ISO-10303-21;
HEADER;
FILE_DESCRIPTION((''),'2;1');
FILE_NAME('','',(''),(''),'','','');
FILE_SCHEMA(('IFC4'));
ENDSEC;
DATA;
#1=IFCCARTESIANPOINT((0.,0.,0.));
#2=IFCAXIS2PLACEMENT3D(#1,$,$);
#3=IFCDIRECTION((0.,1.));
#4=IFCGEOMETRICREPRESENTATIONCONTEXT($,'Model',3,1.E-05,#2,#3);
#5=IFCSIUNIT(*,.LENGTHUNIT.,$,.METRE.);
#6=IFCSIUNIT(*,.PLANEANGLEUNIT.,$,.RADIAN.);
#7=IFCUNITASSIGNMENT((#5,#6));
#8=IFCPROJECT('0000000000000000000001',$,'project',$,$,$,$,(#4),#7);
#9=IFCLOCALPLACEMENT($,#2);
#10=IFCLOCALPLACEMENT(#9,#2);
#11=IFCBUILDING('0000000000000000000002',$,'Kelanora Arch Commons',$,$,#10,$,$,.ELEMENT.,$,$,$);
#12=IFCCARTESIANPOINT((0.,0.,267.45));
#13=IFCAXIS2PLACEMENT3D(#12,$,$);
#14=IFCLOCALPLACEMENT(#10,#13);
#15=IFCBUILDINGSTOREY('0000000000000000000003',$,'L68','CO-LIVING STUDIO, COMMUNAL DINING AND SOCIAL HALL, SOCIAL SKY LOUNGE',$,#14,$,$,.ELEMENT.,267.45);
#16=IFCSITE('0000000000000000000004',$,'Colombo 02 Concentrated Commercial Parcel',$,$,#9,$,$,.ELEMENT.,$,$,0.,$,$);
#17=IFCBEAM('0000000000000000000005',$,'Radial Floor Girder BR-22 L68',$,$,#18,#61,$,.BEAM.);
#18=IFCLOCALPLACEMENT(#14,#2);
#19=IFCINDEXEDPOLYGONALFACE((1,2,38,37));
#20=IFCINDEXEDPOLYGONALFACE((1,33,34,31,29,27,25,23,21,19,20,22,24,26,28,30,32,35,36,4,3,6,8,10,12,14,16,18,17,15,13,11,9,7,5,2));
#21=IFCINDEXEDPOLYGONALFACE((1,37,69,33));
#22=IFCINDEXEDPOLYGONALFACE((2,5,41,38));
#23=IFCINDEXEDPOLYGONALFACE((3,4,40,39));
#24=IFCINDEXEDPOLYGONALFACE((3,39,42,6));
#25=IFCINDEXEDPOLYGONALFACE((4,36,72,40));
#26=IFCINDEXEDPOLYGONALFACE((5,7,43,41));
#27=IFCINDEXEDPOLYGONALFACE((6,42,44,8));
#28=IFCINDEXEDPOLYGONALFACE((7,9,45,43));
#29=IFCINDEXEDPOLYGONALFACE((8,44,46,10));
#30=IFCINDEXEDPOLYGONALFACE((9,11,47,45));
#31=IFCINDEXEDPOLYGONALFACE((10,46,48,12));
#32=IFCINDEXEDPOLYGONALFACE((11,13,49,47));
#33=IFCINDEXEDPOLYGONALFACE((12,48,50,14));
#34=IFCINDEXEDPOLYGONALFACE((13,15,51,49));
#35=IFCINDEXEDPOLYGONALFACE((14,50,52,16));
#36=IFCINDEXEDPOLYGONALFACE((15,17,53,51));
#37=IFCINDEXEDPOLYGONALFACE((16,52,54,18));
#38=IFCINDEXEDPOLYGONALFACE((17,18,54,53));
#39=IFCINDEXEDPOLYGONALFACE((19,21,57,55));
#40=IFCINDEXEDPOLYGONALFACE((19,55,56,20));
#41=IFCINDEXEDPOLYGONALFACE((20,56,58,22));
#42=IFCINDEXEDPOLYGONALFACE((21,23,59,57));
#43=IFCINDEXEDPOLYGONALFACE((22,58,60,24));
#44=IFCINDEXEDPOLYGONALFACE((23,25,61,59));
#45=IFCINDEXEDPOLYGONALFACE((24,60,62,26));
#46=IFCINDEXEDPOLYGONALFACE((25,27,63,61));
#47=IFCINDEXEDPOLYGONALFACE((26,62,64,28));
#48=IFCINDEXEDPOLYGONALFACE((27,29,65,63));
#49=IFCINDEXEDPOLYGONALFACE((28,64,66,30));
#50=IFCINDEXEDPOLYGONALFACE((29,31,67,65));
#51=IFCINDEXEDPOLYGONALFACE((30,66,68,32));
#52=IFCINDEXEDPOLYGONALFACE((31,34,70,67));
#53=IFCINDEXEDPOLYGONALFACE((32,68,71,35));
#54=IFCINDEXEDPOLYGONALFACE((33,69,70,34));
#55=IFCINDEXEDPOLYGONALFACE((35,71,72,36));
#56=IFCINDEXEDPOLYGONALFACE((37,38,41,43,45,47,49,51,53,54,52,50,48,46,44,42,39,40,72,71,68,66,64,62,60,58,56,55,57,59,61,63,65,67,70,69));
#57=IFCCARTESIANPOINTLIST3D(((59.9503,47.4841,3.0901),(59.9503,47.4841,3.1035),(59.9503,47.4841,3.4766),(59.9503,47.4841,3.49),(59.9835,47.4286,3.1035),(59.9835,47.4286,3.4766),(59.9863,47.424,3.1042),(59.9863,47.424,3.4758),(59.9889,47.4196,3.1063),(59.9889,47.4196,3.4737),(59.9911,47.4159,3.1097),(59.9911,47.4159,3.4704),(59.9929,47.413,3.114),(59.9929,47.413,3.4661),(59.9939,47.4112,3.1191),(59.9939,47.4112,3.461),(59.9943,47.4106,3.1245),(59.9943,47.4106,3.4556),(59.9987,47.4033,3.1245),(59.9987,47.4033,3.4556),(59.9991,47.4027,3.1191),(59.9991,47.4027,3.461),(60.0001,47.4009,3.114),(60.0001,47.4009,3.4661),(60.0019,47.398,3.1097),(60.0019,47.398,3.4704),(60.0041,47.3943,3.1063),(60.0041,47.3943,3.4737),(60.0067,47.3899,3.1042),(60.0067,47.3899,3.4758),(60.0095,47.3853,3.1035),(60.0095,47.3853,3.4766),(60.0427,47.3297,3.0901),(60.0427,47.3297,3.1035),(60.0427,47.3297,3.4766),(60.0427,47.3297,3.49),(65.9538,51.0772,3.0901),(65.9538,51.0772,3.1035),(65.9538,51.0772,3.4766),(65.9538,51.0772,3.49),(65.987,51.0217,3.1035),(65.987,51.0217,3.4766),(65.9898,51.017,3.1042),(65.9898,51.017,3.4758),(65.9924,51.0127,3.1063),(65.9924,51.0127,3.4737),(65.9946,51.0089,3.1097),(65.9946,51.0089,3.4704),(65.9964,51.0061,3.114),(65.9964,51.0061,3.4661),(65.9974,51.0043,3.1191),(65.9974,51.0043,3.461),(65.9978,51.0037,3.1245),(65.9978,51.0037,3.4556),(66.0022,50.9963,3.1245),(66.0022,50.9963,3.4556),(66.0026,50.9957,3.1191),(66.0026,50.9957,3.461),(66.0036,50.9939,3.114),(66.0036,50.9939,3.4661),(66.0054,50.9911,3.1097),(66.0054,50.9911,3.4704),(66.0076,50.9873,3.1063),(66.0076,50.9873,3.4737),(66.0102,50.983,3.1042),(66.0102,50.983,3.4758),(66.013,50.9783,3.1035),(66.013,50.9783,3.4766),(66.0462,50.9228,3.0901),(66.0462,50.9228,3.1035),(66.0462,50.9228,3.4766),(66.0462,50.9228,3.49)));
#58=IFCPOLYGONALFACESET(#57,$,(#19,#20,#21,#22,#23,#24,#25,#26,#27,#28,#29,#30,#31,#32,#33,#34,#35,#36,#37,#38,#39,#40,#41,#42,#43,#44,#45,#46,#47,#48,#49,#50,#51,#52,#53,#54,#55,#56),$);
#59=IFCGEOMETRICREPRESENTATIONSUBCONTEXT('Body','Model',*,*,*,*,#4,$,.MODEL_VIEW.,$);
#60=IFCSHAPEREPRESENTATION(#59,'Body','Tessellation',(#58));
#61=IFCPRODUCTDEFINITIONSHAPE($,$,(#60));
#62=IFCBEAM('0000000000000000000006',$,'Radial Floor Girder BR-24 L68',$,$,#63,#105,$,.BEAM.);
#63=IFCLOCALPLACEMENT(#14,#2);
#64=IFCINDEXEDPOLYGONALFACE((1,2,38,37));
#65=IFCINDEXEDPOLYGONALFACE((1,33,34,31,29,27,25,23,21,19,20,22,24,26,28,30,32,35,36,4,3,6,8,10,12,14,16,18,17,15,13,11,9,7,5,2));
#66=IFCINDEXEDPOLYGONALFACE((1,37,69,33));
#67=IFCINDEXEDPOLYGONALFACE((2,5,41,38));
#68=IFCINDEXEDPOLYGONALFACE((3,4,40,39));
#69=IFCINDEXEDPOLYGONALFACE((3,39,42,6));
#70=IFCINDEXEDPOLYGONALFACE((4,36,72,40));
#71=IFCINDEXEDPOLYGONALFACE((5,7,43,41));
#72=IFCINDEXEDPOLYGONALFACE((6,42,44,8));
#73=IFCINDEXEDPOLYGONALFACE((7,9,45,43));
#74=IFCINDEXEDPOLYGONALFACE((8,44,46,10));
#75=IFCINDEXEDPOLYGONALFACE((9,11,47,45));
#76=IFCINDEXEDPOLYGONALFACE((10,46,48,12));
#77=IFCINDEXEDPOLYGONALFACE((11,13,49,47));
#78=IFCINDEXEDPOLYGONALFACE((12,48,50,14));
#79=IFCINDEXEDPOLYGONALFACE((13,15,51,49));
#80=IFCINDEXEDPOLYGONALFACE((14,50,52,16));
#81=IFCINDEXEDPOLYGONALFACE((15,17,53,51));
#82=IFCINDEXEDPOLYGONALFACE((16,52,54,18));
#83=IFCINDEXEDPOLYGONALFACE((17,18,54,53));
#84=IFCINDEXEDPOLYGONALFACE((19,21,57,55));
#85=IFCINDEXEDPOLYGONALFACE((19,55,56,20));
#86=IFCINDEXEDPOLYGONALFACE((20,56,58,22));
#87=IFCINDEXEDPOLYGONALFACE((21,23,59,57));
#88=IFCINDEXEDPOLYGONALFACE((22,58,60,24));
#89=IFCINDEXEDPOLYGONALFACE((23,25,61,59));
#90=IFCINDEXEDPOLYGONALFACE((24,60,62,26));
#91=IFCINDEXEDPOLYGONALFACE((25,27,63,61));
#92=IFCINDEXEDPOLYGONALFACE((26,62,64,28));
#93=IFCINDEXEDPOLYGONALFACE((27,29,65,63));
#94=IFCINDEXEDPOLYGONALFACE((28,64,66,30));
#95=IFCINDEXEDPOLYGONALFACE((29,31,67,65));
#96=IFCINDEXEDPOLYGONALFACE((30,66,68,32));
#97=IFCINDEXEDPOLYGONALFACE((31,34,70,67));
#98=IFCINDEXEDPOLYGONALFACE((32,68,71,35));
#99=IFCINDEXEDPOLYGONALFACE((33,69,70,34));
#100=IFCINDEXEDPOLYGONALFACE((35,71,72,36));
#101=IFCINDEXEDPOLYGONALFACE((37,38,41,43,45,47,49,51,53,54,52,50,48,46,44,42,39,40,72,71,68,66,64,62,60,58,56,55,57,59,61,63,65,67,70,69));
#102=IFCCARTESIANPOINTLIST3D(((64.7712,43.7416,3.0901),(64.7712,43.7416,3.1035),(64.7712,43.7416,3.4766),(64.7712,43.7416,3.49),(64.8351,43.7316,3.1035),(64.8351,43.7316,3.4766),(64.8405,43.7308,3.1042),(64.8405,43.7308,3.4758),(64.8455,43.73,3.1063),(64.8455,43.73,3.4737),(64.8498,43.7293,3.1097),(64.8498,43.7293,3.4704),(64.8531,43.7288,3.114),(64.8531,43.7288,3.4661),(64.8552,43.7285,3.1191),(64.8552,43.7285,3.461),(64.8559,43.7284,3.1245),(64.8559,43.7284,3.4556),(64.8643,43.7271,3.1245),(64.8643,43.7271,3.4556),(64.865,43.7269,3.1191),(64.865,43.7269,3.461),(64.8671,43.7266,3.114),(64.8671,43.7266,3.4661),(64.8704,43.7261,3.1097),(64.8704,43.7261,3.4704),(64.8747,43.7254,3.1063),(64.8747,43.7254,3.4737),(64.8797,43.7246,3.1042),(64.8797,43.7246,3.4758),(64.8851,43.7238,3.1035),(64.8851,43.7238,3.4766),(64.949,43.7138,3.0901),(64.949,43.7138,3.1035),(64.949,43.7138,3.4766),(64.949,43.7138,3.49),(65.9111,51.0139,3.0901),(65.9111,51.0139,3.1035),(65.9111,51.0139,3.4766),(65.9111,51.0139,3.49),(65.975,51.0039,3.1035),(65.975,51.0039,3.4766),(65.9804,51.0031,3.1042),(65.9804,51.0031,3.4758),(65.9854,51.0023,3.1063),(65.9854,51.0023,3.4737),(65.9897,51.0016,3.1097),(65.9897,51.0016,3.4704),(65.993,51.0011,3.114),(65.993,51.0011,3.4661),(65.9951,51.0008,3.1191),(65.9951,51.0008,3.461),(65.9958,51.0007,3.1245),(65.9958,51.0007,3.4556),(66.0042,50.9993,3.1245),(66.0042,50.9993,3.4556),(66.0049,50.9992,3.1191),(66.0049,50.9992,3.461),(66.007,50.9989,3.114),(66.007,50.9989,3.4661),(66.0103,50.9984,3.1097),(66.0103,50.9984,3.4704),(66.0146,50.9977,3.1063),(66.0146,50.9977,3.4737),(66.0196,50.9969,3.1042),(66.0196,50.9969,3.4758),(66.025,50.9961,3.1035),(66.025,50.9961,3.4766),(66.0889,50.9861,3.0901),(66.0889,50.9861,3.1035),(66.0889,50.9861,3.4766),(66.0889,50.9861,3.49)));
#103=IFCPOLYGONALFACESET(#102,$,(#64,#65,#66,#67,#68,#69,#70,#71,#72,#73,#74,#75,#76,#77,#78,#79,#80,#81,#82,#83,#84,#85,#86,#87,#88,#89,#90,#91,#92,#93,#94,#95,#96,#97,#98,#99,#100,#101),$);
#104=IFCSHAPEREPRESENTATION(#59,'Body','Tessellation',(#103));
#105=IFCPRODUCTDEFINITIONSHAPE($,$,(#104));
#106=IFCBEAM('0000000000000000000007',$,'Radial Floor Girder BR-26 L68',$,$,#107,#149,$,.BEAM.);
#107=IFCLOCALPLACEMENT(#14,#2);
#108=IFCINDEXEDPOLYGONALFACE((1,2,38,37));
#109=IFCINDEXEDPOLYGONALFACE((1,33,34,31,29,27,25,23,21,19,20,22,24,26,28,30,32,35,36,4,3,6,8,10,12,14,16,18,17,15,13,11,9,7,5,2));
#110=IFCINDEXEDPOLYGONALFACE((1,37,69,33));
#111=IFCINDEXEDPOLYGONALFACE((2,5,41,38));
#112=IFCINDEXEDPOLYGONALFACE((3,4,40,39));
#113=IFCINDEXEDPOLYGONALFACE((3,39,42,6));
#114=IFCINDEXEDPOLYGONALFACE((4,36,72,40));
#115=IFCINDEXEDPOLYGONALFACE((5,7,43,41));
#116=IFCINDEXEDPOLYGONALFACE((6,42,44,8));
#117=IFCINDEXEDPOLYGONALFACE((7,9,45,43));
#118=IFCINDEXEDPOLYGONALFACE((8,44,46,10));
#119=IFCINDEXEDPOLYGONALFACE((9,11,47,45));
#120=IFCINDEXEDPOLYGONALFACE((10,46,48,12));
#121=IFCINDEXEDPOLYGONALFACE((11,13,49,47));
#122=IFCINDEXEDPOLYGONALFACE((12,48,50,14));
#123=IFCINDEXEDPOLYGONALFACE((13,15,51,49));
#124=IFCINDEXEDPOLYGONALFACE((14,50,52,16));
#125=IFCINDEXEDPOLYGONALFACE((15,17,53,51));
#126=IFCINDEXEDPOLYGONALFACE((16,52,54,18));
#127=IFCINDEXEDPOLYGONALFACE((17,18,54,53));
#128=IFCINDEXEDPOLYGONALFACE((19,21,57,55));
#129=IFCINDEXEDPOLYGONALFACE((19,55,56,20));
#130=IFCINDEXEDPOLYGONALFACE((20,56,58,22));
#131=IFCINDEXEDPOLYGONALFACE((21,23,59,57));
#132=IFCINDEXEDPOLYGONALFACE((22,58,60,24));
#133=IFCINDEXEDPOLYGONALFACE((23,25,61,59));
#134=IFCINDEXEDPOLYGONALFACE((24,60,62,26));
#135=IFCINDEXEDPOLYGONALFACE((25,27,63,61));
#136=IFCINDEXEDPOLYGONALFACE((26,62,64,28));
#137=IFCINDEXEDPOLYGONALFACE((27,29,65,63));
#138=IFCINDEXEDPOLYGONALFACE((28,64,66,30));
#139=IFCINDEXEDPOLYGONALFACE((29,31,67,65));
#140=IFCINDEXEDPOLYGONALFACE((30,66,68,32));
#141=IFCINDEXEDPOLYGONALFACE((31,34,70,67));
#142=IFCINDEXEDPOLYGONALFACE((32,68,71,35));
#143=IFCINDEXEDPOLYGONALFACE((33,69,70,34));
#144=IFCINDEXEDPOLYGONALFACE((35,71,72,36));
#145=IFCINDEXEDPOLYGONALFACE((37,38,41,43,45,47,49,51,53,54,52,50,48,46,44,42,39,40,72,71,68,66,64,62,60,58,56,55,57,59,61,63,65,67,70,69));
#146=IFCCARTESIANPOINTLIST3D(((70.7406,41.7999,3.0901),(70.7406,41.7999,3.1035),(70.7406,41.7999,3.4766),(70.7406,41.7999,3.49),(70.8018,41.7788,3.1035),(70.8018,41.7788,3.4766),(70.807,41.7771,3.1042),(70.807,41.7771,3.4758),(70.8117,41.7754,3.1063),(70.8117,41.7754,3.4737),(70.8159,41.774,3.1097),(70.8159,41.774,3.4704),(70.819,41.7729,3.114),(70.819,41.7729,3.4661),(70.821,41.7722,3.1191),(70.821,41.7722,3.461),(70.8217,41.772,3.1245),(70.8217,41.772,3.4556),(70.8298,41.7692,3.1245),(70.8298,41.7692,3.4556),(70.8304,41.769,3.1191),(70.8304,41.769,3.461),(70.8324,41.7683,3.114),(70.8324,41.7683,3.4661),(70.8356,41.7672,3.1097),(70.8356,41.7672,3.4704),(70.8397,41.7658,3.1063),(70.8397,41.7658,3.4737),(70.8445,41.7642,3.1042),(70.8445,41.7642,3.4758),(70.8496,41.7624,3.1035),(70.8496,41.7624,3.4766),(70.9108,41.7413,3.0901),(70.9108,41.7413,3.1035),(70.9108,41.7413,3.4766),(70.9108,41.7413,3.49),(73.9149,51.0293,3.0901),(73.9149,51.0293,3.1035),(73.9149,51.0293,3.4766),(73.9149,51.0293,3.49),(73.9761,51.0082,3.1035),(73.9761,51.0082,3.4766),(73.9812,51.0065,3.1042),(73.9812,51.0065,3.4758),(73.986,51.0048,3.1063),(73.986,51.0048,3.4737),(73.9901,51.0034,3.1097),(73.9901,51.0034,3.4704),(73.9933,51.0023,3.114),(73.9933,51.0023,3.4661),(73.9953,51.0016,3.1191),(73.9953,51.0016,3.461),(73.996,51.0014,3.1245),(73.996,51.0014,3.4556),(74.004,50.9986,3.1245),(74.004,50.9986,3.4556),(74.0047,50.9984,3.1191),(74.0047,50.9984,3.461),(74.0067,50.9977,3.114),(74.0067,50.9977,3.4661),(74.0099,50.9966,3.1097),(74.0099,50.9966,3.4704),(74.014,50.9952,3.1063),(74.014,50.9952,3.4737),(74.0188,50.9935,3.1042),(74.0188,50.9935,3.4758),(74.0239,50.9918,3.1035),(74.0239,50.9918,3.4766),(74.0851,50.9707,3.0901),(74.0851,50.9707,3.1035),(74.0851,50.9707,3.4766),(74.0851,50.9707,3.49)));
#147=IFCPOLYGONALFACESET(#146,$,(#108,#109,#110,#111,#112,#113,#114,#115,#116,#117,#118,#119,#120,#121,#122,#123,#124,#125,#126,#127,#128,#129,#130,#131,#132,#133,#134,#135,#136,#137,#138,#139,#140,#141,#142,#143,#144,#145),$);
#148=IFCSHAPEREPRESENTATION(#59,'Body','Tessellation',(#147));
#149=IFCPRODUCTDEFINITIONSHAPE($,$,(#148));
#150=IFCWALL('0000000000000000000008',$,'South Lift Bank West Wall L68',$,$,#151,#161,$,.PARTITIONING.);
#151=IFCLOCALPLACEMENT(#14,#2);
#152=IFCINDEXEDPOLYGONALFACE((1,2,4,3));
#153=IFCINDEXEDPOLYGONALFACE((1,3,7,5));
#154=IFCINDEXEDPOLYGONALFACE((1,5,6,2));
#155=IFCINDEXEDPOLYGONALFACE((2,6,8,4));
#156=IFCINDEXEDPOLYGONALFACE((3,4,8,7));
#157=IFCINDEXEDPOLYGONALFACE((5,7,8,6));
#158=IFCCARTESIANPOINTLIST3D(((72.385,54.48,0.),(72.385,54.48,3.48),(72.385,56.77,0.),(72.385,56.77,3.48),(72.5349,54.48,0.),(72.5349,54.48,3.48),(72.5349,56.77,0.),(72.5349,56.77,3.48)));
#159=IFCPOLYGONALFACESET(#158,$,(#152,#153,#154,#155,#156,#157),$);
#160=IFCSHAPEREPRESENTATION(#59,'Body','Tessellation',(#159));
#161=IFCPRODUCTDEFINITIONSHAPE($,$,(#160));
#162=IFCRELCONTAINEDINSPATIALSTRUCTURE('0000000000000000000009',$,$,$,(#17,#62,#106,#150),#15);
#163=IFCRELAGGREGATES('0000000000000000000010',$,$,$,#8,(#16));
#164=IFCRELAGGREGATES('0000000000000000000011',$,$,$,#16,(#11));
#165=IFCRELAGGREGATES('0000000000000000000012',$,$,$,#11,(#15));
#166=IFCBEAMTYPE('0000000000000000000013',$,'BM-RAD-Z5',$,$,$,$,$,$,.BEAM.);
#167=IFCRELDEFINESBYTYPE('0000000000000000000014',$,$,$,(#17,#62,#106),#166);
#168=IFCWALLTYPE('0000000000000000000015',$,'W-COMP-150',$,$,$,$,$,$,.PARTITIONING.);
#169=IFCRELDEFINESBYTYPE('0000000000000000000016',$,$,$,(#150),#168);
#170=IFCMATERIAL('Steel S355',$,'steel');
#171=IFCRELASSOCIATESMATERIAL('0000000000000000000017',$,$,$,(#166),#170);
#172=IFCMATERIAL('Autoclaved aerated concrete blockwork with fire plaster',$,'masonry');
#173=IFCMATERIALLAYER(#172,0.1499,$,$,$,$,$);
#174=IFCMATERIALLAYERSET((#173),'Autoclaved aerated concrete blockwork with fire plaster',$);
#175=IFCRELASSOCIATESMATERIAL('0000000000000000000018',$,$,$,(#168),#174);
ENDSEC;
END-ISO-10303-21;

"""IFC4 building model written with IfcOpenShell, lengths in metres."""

from ifc_helpers import new_model, si_unit, direction, frame, frame_2d, origin, origin_2d, place, context, subcontext, project, spatial, rectangle, i_section, extrude, material, layer, layer_set, material_profile, profile_set, type_object, element, save


model = new_model("IFC4")

# Units and contexts
model_context = context("Model", 3, precision=1e-05, world=origin(), true_north=direction((0.0, 1.0)))
body_context = subcontext(model_context, "Body", "Model", "MODEL_VIEW")
ifc_project = project(units=[si_unit("LENGTHUNIT", "METRE"), si_unit("PLANEANGLEUNIT", "RADIAN")], contexts=[model_context])

# Site, building, storey
site_placement = place(None, origin())
site = spatial("IfcSite", under=ifc_project, at=site_placement, Name="Colombo 02 Concentrated Commercial Parcel", CompositionType="ELEMENT", RefElevation=0.0)
building_placement = place(site_placement, origin())
building = spatial("IfcBuilding", under=site, at=building_placement, Name="Kelanora Arch Commons", CompositionType="ELEMENT")
storey_placement = place(building_placement, frame((0.0, 0.0, 267.45)))
storey = spatial("IfcBuildingStorey", under=building, at=storey_placement, Name="L68", Description="CO-LIVING STUDIO, COMMUNAL DINING AND SOCIAL HALL, SOCIAL SKY LOUNGE", CompositionType="ELEMENT", Elevation=267.45)

# Beams
ifc_material_1 = material(Name="Steel S355", Category="steel")
ifc_material_profile_1 = material_profile(ifc_material_1, i_section(OverallWidth=0.1799, OverallDepth=0.3999, WebThickness=0.0085, FlangeThickness=0.0134, FilletRadius=0.021, at=origin_2d()), Name="IPE400")
ifc_profile_set_1 = profile_set([ifc_material_profile_1], Name="Steel S355")
beam_type_1 = type_object("IfcBeamType", Name="BM-RAD-Z5", PredefinedType="BEAM", material=ifc_profile_set_1)
beam_1_placement = place(storey_placement, frame((66.0, 51.0, 3.29), z_axis=(-0.858062, -0.513546, 0.0), x_axis=(0.513546, -0.858062, 0.0)))
element("IfcBeam", 1, at=beam_1_placement, inside=storey, type_object=beam_type_1, Name="Radial Floor Girder BR-22 L68", PredefinedType="BEAM", context=body_context, shape_type="SweptSolid", body=[
    extrude(i_section(OverallWidth=0.1799, OverallDepth=0.3999, WebThickness=0.0085, FlangeThickness=0.0134, FilletRadius=0.021, at=origin_2d()), origin(), (0.0, 0.0, 1.0), 6.9966),
])
beam_2_placement = place(storey_placement, frame((66.0, 51.0, 3.29), z_axis=(-0.154855, -0.987937, 0.0), x_axis=(0.987937, -0.154855, 0.0)))
element("IfcBeam", 2, at=beam_2_placement, inside=storey, type_object=beam_type_1, Name="Radial Floor Girder BR-24 L68", PredefinedType="BEAM", context=body_context, shape_type="SweptSolid", body=[
    extrude(i_section(OverallWidth=0.1799, OverallDepth=0.3999, WebThickness=0.0085, FlangeThickness=0.0134, FilletRadius=0.021, at=origin_2d()), origin(), (0.0, 0.0, 1.0), 7.3611),
])
beam_3_placement = place(storey_placement, frame((74.0, 51.0, 3.29), z_axis=(-0.325234, -0.945634, 0.0), x_axis=(0.945634, -0.325234, 0.0)))
element("IfcBeam", 3, at=beam_3_placement, inside=storey, type_object=beam_type_1, Name="Radial Floor Girder BR-26 L68", PredefinedType="BEAM", context=body_context, shape_type="SweptSolid", body=[
    extrude(i_section(OverallWidth=0.1799, OverallDepth=0.3999, WebThickness=0.0085, FlangeThickness=0.0134, FilletRadius=0.021, at=origin_2d()), origin(), (0.0, 0.0, 1.0), 9.76),
])

# Wall
ifc_material_2 = material(Name="Autoclaved aerated concrete blockwork with fire plaster", Category="masonry")
ifc_layer_1 = layer(ifc_material_2, 0.1499)
ifc_layer_set_1 = layer_set([ifc_layer_1], Name="Autoclaved aerated concrete blockwork with fire plaster")
wall_type_1 = type_object("IfcWallType", Name="W-COMP-150", PredefinedType="PARTITIONING", material=ifc_layer_set_1)
wall_1_placement = place(storey_placement, frame((72.46, 54.48, 0.0), z_axis=(0.0, 0.0, 1.0), x_axis=(0.0, 1.0, 0.0)))
element("IfcWall", 4, at=wall_1_placement, inside=storey, type_object=wall_type_1, Name="South Lift Bank West Wall L68", PredefinedType="PARTITIONING", context=body_context, shape_type="SweptSolid", body=[
    extrude(rectangle(XDim=2.29, YDim=0.1499, at=frame_2d((1.145, 0.0))), origin(), (0.0, 0.0, 1.0), 3.48),
])

save(model, "model.ifc")
